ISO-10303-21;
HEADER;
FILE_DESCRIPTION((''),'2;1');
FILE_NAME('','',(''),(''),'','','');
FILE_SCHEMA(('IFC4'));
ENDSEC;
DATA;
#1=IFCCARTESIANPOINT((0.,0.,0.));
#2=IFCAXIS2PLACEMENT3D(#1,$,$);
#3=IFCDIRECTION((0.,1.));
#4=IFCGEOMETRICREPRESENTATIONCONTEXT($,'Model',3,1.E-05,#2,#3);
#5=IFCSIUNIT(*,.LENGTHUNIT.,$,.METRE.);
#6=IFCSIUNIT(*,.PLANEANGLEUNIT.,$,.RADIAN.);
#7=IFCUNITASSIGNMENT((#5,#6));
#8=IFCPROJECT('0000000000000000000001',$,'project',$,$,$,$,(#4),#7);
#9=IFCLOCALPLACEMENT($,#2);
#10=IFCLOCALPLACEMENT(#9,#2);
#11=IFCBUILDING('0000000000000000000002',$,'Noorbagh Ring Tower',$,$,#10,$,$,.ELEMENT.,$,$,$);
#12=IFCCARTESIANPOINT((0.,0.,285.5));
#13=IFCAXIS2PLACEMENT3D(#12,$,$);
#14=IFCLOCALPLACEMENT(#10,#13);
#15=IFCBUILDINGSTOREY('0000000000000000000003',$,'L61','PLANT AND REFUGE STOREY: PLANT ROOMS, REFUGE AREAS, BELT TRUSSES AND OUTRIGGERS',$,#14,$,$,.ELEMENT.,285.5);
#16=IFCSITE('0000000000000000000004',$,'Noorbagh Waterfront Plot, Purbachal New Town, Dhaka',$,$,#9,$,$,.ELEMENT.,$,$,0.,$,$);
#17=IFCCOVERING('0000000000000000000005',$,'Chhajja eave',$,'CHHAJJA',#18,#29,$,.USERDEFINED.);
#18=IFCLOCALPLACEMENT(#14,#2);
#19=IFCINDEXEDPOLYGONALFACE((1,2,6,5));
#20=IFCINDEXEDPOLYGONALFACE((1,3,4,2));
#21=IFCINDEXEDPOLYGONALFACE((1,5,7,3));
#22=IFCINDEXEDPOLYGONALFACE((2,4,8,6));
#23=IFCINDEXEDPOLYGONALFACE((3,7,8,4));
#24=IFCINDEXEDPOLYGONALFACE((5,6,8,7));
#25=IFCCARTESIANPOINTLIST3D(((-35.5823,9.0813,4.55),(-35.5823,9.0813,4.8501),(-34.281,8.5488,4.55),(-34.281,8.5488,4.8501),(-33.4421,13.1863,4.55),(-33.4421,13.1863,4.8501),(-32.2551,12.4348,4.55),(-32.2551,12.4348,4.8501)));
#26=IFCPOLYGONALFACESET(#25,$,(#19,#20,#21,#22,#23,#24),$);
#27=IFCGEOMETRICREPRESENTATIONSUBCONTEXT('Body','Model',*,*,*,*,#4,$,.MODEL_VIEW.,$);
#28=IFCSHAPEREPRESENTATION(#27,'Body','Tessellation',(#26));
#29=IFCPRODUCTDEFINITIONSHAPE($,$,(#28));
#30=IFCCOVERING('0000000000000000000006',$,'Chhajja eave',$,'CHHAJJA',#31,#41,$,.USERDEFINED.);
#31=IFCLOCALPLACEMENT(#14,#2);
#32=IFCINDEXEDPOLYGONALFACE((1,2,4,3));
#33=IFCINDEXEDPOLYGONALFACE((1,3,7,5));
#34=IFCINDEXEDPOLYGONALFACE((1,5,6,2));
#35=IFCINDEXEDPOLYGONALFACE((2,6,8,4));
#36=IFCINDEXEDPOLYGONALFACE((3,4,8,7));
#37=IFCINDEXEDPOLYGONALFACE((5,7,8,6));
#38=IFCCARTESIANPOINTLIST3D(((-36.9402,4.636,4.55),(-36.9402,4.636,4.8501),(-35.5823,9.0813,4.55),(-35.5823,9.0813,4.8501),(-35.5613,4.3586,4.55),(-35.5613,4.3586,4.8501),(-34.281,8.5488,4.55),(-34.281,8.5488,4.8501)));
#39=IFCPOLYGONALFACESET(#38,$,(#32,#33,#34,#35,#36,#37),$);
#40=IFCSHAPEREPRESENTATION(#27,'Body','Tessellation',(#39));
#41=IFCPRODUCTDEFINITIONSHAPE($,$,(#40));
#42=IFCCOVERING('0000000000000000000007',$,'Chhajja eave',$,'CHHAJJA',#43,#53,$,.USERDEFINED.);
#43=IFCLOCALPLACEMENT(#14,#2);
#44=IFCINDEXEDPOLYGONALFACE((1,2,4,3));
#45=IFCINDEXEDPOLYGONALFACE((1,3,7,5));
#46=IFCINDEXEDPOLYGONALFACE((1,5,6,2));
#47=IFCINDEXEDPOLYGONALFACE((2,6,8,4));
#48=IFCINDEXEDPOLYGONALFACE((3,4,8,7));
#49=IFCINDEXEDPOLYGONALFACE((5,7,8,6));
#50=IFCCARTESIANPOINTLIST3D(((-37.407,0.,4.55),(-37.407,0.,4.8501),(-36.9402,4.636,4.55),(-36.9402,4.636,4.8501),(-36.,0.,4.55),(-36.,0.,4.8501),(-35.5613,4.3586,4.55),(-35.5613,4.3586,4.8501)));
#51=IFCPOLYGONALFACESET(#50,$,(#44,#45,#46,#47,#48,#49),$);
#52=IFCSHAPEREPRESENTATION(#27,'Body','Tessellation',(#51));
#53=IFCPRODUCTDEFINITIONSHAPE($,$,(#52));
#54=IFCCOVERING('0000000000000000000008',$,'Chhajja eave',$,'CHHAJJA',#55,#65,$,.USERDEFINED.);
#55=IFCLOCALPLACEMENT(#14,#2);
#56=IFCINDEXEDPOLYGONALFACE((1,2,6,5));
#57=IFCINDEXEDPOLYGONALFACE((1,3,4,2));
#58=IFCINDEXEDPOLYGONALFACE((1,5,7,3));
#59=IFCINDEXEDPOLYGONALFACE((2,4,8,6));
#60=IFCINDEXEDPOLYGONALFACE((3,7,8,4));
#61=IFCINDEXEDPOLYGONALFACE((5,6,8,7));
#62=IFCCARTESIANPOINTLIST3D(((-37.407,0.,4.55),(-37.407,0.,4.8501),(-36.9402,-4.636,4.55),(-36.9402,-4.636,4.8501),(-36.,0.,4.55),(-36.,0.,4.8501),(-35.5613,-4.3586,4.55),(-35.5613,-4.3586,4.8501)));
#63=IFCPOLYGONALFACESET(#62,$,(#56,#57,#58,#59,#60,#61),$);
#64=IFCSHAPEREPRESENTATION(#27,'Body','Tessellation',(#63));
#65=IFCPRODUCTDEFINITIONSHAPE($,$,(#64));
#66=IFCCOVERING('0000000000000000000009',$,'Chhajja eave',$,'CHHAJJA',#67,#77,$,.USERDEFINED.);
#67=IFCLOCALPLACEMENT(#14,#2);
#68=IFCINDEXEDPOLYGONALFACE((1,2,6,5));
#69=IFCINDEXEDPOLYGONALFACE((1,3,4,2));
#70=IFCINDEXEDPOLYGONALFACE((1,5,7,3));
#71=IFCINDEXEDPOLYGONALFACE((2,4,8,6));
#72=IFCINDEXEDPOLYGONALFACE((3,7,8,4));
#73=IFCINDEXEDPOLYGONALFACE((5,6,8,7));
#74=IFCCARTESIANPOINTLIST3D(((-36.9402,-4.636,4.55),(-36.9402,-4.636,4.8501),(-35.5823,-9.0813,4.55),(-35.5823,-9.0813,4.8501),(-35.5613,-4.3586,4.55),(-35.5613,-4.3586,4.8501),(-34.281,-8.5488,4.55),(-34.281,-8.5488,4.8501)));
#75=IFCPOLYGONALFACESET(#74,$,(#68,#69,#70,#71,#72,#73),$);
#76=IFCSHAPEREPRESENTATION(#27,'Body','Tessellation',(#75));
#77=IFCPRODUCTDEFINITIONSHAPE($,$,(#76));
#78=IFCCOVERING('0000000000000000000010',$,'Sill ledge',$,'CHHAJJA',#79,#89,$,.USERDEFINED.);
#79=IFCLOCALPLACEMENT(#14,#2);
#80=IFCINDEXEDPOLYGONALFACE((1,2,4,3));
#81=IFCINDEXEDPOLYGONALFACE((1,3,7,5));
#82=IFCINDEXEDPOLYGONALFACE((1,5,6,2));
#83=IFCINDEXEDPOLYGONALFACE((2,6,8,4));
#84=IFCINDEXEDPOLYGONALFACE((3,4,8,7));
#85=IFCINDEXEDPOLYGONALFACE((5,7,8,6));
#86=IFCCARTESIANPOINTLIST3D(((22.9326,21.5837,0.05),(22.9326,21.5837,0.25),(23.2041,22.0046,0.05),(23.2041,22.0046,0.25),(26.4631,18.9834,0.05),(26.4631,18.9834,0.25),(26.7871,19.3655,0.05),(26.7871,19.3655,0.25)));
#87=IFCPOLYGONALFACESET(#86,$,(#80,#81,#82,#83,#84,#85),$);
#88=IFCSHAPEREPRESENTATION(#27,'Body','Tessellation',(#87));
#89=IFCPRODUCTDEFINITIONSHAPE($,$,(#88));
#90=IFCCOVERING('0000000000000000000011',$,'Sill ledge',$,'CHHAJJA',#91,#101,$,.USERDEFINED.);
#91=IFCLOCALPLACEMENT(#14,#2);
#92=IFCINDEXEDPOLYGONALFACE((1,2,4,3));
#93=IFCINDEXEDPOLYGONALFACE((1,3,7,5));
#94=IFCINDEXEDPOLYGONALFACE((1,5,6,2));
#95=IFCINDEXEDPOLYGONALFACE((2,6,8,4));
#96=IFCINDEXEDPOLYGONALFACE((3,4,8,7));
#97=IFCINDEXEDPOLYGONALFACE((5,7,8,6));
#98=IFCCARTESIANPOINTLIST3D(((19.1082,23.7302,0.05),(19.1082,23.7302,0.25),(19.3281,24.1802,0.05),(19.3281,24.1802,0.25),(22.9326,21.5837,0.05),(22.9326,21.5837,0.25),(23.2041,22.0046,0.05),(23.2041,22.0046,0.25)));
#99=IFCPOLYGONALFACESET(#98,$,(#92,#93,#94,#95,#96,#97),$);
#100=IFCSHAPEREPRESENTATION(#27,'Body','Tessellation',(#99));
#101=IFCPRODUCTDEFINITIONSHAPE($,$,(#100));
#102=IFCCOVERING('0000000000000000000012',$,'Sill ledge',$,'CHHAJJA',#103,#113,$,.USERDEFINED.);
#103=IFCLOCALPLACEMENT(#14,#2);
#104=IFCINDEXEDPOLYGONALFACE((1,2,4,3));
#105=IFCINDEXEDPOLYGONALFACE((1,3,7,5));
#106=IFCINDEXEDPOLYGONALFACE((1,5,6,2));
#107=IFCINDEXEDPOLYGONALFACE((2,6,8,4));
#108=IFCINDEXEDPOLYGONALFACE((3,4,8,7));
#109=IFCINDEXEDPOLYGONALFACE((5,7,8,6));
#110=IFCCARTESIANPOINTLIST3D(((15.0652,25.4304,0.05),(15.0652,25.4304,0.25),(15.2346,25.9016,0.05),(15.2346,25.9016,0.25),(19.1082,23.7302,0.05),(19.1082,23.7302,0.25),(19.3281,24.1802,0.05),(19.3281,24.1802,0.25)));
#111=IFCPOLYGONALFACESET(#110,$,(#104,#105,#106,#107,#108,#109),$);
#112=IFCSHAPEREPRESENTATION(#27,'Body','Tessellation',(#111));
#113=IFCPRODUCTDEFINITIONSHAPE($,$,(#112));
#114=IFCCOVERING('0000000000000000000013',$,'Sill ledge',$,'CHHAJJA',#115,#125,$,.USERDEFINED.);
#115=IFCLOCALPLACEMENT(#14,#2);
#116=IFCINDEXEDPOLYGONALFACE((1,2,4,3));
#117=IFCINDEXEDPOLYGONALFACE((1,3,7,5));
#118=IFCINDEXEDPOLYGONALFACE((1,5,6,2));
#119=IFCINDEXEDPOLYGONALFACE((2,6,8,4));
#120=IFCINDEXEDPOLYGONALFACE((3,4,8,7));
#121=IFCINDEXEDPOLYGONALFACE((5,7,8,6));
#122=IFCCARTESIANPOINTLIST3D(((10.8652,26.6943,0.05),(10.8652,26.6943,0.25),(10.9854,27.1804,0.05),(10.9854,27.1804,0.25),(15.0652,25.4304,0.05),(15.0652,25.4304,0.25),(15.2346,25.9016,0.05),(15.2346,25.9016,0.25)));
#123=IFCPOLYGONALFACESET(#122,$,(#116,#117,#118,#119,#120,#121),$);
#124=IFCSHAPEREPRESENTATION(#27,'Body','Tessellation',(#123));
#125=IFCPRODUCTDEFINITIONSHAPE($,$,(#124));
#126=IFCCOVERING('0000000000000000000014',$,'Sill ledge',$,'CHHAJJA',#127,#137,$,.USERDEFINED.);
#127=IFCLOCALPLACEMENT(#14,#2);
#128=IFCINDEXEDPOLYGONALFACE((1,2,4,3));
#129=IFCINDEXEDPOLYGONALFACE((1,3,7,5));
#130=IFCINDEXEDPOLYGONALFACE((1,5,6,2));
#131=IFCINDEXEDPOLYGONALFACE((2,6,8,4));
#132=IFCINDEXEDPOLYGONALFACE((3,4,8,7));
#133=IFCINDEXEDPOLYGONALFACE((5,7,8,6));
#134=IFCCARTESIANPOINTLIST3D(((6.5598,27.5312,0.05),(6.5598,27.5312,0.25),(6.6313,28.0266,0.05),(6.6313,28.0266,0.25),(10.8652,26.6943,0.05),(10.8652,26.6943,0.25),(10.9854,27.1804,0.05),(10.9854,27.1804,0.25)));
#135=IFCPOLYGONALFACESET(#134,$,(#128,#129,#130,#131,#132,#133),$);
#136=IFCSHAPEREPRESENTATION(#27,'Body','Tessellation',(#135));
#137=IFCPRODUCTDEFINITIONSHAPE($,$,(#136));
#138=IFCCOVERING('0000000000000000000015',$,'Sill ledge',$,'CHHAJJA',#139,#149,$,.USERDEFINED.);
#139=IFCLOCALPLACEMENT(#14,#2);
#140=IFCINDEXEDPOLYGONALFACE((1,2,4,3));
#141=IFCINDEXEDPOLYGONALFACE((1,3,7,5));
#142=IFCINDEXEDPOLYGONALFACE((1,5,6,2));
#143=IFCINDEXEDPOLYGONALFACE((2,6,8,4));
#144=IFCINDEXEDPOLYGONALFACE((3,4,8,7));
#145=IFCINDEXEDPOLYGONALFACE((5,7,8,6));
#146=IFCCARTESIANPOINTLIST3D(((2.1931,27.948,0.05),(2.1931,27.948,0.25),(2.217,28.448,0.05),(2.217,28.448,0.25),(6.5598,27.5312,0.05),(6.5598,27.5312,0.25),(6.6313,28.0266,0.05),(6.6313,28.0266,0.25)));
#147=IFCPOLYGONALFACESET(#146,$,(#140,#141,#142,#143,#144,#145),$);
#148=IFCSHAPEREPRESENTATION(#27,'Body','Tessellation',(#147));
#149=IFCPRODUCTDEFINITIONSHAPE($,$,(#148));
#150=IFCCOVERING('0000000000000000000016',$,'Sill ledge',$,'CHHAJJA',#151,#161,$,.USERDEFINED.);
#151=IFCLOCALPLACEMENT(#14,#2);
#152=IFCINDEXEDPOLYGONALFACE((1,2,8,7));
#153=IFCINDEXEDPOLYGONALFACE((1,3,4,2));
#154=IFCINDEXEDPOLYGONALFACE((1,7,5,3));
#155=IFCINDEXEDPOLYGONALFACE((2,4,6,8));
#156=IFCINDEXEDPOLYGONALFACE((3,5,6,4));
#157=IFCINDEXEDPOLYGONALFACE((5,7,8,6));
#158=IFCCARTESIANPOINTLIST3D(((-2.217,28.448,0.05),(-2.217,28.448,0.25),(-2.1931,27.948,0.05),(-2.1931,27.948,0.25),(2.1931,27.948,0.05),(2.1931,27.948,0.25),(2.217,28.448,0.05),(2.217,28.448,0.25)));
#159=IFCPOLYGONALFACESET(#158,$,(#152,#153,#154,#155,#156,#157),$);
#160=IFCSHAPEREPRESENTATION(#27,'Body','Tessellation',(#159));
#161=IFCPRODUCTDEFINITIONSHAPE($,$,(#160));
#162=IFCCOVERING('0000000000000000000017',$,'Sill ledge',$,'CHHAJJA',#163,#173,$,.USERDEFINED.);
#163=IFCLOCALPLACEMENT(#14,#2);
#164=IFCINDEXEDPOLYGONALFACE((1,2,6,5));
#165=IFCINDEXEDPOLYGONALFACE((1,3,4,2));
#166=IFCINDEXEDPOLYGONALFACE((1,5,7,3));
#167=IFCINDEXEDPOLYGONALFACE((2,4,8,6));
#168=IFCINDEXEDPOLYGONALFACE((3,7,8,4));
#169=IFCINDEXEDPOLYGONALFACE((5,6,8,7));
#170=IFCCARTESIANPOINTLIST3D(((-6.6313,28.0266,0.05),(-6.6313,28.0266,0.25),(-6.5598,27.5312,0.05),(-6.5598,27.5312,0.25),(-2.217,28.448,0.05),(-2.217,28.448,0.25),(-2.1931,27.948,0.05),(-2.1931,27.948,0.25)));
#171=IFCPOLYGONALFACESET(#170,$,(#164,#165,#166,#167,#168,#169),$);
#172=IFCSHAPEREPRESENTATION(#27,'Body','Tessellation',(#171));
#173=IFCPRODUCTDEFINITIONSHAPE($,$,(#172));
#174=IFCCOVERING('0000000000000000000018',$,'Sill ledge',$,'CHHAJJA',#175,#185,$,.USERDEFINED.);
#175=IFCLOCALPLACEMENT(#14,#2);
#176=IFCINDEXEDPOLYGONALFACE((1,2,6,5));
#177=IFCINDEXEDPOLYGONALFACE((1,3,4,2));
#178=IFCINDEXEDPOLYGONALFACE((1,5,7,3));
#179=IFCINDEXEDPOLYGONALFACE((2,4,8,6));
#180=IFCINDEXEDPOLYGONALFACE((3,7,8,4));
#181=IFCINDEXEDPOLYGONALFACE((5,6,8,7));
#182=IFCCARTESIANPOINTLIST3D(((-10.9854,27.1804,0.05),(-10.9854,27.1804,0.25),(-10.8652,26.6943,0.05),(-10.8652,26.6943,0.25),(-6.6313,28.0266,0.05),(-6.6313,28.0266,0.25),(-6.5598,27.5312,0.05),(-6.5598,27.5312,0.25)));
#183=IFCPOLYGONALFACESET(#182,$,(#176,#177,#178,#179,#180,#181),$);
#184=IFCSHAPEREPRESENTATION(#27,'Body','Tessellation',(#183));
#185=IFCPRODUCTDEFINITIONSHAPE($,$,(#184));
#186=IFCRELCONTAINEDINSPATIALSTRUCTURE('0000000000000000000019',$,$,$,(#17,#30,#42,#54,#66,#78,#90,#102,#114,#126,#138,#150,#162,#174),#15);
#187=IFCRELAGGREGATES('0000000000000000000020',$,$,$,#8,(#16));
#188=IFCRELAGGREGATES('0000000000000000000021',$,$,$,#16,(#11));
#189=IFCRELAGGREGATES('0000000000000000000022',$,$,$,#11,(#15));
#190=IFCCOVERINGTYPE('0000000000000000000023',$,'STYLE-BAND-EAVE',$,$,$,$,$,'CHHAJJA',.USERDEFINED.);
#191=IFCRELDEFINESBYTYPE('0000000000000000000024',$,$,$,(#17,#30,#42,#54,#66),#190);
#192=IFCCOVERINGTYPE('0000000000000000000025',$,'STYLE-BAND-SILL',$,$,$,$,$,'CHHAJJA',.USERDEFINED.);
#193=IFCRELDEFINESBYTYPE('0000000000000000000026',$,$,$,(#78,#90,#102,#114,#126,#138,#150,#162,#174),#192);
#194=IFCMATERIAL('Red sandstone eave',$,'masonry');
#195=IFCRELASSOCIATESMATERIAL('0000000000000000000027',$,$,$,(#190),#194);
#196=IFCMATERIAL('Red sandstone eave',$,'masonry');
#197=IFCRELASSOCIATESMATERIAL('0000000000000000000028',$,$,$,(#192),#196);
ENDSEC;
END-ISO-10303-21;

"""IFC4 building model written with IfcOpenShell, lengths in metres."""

from ifc_helpers import new_model, si_unit, direction, frame, origin, place, context, subcontext, project, spatial, polyline, outline, extrude, material, type_object, element, save


model = new_model("IFC4")

# Units and contexts
model_context = context("Model", 3, precision=1e-05, world=origin(), true_north=direction((0.0, 1.0)))
body_context = subcontext(model_context, "Body", "Model", "MODEL_VIEW")
ifc_project = project(units=[si_unit("LENGTHUNIT", "METRE"), si_unit("PLANEANGLEUNIT", "RADIAN")], contexts=[model_context])

# Site, building, storey
site_placement = place(None, origin())
site = spatial("IfcSite", under=ifc_project, at=site_placement, Name="Noorbagh Waterfront Plot, Purbachal New Town, Dhaka", CompositionType="ELEMENT", RefElevation=0.0)
building_placement = place(site_placement, origin())
building = spatial("IfcBuilding", under=site, at=building_placement, Name="Noorbagh Ring Tower", CompositionType="ELEMENT")
storey_placement = place(building_placement, frame((0.0, 0.0, 285.5)))
storey = spatial("IfcBuildingStorey", under=building, at=storey_placement, Name="L61", Description="PLANT AND REFUGE STOREY: PLANT ROOMS, REFUGE AREAS, BELT TRUSSES AND OUTRIGGERS", CompositionType="ELEMENT", Elevation=285.5)

# Coverings
ifc_material_1 = material(Name="Red sandstone eave", Category="masonry")
covering_type_1 = type_object("IfcCoveringType", Name="STYLE-BAND-EAVE", ElementType="CHHAJJA", PredefinedType="USERDEFINED", material=ifc_material_1)
covering_1_placement = place(storey_placement, frame((0.0, 0.0, 4.55)))
element("IfcCovering", 1, at=covering_1_placement, inside=storey, type_object=covering_type_1, Name="Chhajja eave", ObjectType="CHHAJJA", PredefinedType="USERDEFINED", context=body_context, shape_type="SweptSolid", body=[
    extrude(outline(polyline([(-32.2551, 12.4348), (-34.281, 8.5488), (-35.5823, 9.0813), (-33.4421, 13.1863), (-32.2551, 12.4348)])), origin(), (0.0, 0.0, 1.0), 0.3),
])
covering_2_placement = place(storey_placement, frame((0.0, 0.0, 4.55)))
element("IfcCovering", 2, at=covering_2_placement, inside=storey, type_object=covering_type_1, Name="Chhajja eave", ObjectType="CHHAJJA", PredefinedType="USERDEFINED", context=body_context, shape_type="SweptSolid", body=[
    extrude(outline(polyline([(-34.281, 8.5488), (-35.5613, 4.3586), (-36.9402, 4.636), (-35.5823, 9.0813), (-34.281, 8.5488)])), origin(), (0.0, 0.0, 1.0), 0.3),
])
covering_3_placement = place(storey_placement, frame((0.0, 0.0, 4.55)))
element("IfcCovering", 3, at=covering_3_placement, inside=storey, type_object=covering_type_1, Name="Chhajja eave", ObjectType="CHHAJJA", PredefinedType="USERDEFINED", context=body_context, shape_type="SweptSolid", body=[
    extrude(outline(polyline([(-35.5613, 4.3586), (-36.0, 0.0), (-37.407, 0.0), (-36.9402, 4.636), (-35.5613, 4.3586)])), origin(), (0.0, 0.0, 1.0), 0.3),
])
covering_4_placement = place(storey_placement, frame((0.0, 0.0, 4.55)))
element("IfcCovering", 4, at=covering_4_placement, inside=storey, type_object=covering_type_1, Name="Chhajja eave", ObjectType="CHHAJJA", PredefinedType="USERDEFINED", context=body_context, shape_type="SweptSolid", body=[
    extrude(outline(polyline([(-36.0, 0.0), (-35.5613, -4.3586), (-36.9402, -4.636), (-37.407, 0.0), (-36.0, 0.0)])), origin(), (0.0, 0.0, 1.0), 0.3),
])
covering_5_placement = place(storey_placement, frame((0.0, 0.0, 4.55)))
element("IfcCovering", 5, at=covering_5_placement, inside=storey, type_object=covering_type_1, Name="Chhajja eave", ObjectType="CHHAJJA", PredefinedType="USERDEFINED", context=body_context, shape_type="SweptSolid", body=[
    extrude(outline(polyline([(-35.5613, -4.3586), (-34.281, -8.5488), (-35.5823, -9.0813), (-36.9402, -4.636), (-35.5613, -4.3586)])), origin(), (0.0, 0.0, 1.0), 0.3),
])
ifc_material_2 = material(Name="Red sandstone eave", Category="masonry")
covering_type_2 = type_object("IfcCoveringType", Name="STYLE-BAND-SILL", ElementType="CHHAJJA", PredefinedType="USERDEFINED", material=ifc_material_2)
covering_6_placement = place(storey_placement, frame((0.0, 0.0, 0.05)))
element("IfcCovering", 6, at=covering_6_placement, inside=storey, type_object=covering_type_2, Name="Sill ledge", ObjectType="CHHAJJA", PredefinedType="USERDEFINED", context=body_context, shape_type="SweptSolid", body=[
    extrude(outline(polyline([(26.4631, 18.9834), (22.9326, 21.5837), (23.2041, 22.0046), (26.7871, 19.3655), (26.4631, 18.9834)])), origin(), (0.0, 0.0, 1.0), 0.2),
])
covering_7_placement = place(storey_placement, frame((0.0, 0.0, 0.05)))
element("IfcCovering", 7, at=covering_7_placement, inside=storey, type_object=covering_type_2, Name="Sill ledge", ObjectType="CHHAJJA", PredefinedType="USERDEFINED", context=body_context, shape_type="SweptSolid", body=[
    extrude(outline(polyline([(22.9326, 21.5837), (19.1082, 23.7302), (19.3281, 24.1802), (23.2041, 22.0046), (22.9326, 21.5837)])), origin(), (0.0, 0.0, 1.0), 0.2),
])
covering_8_placement = place(storey_placement, frame((0.0, 0.0, 0.05)))
element("IfcCovering", 8, at=covering_8_placement, inside=storey, type_object=covering_type_2, Name="Sill ledge", ObjectType="CHHAJJA", PredefinedType="USERDEFINED", context=body_context, shape_type="SweptSolid", body=[
    extrude(outline(polyline([(19.1082, 23.7302), (15.0652, 25.4304), (15.2346, 25.9016), (19.3281, 24.1802), (19.1082, 23.7302)])), origin(), (0.0, 0.0, 1.0), 0.2),
])
covering_9_placement = place(storey_placement, frame((0.0, 0.0, 0.05)))
element("IfcCovering", 9, at=covering_9_placement, inside=storey, type_object=covering_type_2, Name="Sill ledge", ObjectType="CHHAJJA", PredefinedType="USERDEFINED", context=body_context, shape_type="SweptSolid", body=[
    extrude(outline(polyline([(15.0652, 25.4304), (10.8652, 26.6943), (10.9854, 27.1804), (15.2346, 25.9016), (15.0652, 25.4304)])), origin(), (0.0, 0.0, 1.0), 0.2),
])
covering_10_placement = place(storey_placement, frame((0.0, 0.0, 0.05)))
element("IfcCovering", 10, at=covering_10_placement, inside=storey, type_object=covering_type_2, Name="Sill ledge", ObjectType="CHHAJJA", PredefinedType="USERDEFINED", context=body_context, shape_type="SweptSolid", body=[
    extrude(outline(polyline([(10.8652, 26.6943), (6.5598, 27.5312), (6.6313, 28.0266), (10.9854, 27.1804), (10.8652, 26.6943)])), origin(), (0.0, 0.0, 1.0), 0.2),
])
covering_11_placement = place(storey_placement, frame((0.0, 0.0, 0.05)))
element("IfcCovering", 11, at=covering_11_placement, inside=storey, type_object=covering_type_2, Name="Sill ledge", ObjectType="CHHAJJA", PredefinedType="USERDEFINED", context=body_context, shape_type="SweptSolid", body=[
    extrude(outline(polyline([(6.5598, 27.5312), (2.1931, 27.948), (2.217, 28.448), (6.6313, 28.0266), (6.5598, 27.5312)])), origin(), (0.0, 0.0, 1.0), 0.2),
])
covering_12_placement = place(storey_placement, frame((0.0, 0.0, 0.05)))
element("IfcCovering", 12, at=covering_12_placement, inside=storey, type_object=covering_type_2, Name="Sill ledge", ObjectType="CHHAJJA", PredefinedType="USERDEFINED", context=body_context, shape_type="SweptSolid", body=[
    extrude(outline(polyline([(2.1931, 27.948), (-2.1931, 27.948), (-2.217, 28.448), (2.217, 28.448), (2.1931, 27.948)])), origin(), (0.0, 0.0, 1.0), 0.2),
])
covering_13_placement = place(storey_placement, frame((0.0, 0.0, 0.05)))
element("IfcCovering", 13, at=covering_13_placement, inside=storey, type_object=covering_type_2, Name="Sill ledge", ObjectType="CHHAJJA", PredefinedType="USERDEFINED", context=body_context, shape_type="SweptSolid", body=[
    extrude(outline(polyline([(-2.1931, 27.948), (-6.5598, 27.5312), (-6.6313, 28.0266), (-2.217, 28.448), (-2.1931, 27.948)])), origin(), (0.0, 0.0, 1.0), 0.2),
])
covering_14_placement = place(storey_placement, frame((0.0, 0.0, 0.05)))
element("IfcCovering", 14, at=covering_14_placement, inside=storey, type_object=covering_type_2, Name="Sill ledge", ObjectType="CHHAJJA", PredefinedType="USERDEFINED", context=body_context, shape_type="SweptSolid", body=[
    extrude(outline(polyline([(-6.5598, 27.5312), (-10.8652, 26.6943), (-10.9854, 27.1804), (-6.6313, 28.0266), (-6.5598, 27.5312)])), origin(), (0.0, 0.0, 1.0), 0.2),
])

save(model, "model.ifc")
